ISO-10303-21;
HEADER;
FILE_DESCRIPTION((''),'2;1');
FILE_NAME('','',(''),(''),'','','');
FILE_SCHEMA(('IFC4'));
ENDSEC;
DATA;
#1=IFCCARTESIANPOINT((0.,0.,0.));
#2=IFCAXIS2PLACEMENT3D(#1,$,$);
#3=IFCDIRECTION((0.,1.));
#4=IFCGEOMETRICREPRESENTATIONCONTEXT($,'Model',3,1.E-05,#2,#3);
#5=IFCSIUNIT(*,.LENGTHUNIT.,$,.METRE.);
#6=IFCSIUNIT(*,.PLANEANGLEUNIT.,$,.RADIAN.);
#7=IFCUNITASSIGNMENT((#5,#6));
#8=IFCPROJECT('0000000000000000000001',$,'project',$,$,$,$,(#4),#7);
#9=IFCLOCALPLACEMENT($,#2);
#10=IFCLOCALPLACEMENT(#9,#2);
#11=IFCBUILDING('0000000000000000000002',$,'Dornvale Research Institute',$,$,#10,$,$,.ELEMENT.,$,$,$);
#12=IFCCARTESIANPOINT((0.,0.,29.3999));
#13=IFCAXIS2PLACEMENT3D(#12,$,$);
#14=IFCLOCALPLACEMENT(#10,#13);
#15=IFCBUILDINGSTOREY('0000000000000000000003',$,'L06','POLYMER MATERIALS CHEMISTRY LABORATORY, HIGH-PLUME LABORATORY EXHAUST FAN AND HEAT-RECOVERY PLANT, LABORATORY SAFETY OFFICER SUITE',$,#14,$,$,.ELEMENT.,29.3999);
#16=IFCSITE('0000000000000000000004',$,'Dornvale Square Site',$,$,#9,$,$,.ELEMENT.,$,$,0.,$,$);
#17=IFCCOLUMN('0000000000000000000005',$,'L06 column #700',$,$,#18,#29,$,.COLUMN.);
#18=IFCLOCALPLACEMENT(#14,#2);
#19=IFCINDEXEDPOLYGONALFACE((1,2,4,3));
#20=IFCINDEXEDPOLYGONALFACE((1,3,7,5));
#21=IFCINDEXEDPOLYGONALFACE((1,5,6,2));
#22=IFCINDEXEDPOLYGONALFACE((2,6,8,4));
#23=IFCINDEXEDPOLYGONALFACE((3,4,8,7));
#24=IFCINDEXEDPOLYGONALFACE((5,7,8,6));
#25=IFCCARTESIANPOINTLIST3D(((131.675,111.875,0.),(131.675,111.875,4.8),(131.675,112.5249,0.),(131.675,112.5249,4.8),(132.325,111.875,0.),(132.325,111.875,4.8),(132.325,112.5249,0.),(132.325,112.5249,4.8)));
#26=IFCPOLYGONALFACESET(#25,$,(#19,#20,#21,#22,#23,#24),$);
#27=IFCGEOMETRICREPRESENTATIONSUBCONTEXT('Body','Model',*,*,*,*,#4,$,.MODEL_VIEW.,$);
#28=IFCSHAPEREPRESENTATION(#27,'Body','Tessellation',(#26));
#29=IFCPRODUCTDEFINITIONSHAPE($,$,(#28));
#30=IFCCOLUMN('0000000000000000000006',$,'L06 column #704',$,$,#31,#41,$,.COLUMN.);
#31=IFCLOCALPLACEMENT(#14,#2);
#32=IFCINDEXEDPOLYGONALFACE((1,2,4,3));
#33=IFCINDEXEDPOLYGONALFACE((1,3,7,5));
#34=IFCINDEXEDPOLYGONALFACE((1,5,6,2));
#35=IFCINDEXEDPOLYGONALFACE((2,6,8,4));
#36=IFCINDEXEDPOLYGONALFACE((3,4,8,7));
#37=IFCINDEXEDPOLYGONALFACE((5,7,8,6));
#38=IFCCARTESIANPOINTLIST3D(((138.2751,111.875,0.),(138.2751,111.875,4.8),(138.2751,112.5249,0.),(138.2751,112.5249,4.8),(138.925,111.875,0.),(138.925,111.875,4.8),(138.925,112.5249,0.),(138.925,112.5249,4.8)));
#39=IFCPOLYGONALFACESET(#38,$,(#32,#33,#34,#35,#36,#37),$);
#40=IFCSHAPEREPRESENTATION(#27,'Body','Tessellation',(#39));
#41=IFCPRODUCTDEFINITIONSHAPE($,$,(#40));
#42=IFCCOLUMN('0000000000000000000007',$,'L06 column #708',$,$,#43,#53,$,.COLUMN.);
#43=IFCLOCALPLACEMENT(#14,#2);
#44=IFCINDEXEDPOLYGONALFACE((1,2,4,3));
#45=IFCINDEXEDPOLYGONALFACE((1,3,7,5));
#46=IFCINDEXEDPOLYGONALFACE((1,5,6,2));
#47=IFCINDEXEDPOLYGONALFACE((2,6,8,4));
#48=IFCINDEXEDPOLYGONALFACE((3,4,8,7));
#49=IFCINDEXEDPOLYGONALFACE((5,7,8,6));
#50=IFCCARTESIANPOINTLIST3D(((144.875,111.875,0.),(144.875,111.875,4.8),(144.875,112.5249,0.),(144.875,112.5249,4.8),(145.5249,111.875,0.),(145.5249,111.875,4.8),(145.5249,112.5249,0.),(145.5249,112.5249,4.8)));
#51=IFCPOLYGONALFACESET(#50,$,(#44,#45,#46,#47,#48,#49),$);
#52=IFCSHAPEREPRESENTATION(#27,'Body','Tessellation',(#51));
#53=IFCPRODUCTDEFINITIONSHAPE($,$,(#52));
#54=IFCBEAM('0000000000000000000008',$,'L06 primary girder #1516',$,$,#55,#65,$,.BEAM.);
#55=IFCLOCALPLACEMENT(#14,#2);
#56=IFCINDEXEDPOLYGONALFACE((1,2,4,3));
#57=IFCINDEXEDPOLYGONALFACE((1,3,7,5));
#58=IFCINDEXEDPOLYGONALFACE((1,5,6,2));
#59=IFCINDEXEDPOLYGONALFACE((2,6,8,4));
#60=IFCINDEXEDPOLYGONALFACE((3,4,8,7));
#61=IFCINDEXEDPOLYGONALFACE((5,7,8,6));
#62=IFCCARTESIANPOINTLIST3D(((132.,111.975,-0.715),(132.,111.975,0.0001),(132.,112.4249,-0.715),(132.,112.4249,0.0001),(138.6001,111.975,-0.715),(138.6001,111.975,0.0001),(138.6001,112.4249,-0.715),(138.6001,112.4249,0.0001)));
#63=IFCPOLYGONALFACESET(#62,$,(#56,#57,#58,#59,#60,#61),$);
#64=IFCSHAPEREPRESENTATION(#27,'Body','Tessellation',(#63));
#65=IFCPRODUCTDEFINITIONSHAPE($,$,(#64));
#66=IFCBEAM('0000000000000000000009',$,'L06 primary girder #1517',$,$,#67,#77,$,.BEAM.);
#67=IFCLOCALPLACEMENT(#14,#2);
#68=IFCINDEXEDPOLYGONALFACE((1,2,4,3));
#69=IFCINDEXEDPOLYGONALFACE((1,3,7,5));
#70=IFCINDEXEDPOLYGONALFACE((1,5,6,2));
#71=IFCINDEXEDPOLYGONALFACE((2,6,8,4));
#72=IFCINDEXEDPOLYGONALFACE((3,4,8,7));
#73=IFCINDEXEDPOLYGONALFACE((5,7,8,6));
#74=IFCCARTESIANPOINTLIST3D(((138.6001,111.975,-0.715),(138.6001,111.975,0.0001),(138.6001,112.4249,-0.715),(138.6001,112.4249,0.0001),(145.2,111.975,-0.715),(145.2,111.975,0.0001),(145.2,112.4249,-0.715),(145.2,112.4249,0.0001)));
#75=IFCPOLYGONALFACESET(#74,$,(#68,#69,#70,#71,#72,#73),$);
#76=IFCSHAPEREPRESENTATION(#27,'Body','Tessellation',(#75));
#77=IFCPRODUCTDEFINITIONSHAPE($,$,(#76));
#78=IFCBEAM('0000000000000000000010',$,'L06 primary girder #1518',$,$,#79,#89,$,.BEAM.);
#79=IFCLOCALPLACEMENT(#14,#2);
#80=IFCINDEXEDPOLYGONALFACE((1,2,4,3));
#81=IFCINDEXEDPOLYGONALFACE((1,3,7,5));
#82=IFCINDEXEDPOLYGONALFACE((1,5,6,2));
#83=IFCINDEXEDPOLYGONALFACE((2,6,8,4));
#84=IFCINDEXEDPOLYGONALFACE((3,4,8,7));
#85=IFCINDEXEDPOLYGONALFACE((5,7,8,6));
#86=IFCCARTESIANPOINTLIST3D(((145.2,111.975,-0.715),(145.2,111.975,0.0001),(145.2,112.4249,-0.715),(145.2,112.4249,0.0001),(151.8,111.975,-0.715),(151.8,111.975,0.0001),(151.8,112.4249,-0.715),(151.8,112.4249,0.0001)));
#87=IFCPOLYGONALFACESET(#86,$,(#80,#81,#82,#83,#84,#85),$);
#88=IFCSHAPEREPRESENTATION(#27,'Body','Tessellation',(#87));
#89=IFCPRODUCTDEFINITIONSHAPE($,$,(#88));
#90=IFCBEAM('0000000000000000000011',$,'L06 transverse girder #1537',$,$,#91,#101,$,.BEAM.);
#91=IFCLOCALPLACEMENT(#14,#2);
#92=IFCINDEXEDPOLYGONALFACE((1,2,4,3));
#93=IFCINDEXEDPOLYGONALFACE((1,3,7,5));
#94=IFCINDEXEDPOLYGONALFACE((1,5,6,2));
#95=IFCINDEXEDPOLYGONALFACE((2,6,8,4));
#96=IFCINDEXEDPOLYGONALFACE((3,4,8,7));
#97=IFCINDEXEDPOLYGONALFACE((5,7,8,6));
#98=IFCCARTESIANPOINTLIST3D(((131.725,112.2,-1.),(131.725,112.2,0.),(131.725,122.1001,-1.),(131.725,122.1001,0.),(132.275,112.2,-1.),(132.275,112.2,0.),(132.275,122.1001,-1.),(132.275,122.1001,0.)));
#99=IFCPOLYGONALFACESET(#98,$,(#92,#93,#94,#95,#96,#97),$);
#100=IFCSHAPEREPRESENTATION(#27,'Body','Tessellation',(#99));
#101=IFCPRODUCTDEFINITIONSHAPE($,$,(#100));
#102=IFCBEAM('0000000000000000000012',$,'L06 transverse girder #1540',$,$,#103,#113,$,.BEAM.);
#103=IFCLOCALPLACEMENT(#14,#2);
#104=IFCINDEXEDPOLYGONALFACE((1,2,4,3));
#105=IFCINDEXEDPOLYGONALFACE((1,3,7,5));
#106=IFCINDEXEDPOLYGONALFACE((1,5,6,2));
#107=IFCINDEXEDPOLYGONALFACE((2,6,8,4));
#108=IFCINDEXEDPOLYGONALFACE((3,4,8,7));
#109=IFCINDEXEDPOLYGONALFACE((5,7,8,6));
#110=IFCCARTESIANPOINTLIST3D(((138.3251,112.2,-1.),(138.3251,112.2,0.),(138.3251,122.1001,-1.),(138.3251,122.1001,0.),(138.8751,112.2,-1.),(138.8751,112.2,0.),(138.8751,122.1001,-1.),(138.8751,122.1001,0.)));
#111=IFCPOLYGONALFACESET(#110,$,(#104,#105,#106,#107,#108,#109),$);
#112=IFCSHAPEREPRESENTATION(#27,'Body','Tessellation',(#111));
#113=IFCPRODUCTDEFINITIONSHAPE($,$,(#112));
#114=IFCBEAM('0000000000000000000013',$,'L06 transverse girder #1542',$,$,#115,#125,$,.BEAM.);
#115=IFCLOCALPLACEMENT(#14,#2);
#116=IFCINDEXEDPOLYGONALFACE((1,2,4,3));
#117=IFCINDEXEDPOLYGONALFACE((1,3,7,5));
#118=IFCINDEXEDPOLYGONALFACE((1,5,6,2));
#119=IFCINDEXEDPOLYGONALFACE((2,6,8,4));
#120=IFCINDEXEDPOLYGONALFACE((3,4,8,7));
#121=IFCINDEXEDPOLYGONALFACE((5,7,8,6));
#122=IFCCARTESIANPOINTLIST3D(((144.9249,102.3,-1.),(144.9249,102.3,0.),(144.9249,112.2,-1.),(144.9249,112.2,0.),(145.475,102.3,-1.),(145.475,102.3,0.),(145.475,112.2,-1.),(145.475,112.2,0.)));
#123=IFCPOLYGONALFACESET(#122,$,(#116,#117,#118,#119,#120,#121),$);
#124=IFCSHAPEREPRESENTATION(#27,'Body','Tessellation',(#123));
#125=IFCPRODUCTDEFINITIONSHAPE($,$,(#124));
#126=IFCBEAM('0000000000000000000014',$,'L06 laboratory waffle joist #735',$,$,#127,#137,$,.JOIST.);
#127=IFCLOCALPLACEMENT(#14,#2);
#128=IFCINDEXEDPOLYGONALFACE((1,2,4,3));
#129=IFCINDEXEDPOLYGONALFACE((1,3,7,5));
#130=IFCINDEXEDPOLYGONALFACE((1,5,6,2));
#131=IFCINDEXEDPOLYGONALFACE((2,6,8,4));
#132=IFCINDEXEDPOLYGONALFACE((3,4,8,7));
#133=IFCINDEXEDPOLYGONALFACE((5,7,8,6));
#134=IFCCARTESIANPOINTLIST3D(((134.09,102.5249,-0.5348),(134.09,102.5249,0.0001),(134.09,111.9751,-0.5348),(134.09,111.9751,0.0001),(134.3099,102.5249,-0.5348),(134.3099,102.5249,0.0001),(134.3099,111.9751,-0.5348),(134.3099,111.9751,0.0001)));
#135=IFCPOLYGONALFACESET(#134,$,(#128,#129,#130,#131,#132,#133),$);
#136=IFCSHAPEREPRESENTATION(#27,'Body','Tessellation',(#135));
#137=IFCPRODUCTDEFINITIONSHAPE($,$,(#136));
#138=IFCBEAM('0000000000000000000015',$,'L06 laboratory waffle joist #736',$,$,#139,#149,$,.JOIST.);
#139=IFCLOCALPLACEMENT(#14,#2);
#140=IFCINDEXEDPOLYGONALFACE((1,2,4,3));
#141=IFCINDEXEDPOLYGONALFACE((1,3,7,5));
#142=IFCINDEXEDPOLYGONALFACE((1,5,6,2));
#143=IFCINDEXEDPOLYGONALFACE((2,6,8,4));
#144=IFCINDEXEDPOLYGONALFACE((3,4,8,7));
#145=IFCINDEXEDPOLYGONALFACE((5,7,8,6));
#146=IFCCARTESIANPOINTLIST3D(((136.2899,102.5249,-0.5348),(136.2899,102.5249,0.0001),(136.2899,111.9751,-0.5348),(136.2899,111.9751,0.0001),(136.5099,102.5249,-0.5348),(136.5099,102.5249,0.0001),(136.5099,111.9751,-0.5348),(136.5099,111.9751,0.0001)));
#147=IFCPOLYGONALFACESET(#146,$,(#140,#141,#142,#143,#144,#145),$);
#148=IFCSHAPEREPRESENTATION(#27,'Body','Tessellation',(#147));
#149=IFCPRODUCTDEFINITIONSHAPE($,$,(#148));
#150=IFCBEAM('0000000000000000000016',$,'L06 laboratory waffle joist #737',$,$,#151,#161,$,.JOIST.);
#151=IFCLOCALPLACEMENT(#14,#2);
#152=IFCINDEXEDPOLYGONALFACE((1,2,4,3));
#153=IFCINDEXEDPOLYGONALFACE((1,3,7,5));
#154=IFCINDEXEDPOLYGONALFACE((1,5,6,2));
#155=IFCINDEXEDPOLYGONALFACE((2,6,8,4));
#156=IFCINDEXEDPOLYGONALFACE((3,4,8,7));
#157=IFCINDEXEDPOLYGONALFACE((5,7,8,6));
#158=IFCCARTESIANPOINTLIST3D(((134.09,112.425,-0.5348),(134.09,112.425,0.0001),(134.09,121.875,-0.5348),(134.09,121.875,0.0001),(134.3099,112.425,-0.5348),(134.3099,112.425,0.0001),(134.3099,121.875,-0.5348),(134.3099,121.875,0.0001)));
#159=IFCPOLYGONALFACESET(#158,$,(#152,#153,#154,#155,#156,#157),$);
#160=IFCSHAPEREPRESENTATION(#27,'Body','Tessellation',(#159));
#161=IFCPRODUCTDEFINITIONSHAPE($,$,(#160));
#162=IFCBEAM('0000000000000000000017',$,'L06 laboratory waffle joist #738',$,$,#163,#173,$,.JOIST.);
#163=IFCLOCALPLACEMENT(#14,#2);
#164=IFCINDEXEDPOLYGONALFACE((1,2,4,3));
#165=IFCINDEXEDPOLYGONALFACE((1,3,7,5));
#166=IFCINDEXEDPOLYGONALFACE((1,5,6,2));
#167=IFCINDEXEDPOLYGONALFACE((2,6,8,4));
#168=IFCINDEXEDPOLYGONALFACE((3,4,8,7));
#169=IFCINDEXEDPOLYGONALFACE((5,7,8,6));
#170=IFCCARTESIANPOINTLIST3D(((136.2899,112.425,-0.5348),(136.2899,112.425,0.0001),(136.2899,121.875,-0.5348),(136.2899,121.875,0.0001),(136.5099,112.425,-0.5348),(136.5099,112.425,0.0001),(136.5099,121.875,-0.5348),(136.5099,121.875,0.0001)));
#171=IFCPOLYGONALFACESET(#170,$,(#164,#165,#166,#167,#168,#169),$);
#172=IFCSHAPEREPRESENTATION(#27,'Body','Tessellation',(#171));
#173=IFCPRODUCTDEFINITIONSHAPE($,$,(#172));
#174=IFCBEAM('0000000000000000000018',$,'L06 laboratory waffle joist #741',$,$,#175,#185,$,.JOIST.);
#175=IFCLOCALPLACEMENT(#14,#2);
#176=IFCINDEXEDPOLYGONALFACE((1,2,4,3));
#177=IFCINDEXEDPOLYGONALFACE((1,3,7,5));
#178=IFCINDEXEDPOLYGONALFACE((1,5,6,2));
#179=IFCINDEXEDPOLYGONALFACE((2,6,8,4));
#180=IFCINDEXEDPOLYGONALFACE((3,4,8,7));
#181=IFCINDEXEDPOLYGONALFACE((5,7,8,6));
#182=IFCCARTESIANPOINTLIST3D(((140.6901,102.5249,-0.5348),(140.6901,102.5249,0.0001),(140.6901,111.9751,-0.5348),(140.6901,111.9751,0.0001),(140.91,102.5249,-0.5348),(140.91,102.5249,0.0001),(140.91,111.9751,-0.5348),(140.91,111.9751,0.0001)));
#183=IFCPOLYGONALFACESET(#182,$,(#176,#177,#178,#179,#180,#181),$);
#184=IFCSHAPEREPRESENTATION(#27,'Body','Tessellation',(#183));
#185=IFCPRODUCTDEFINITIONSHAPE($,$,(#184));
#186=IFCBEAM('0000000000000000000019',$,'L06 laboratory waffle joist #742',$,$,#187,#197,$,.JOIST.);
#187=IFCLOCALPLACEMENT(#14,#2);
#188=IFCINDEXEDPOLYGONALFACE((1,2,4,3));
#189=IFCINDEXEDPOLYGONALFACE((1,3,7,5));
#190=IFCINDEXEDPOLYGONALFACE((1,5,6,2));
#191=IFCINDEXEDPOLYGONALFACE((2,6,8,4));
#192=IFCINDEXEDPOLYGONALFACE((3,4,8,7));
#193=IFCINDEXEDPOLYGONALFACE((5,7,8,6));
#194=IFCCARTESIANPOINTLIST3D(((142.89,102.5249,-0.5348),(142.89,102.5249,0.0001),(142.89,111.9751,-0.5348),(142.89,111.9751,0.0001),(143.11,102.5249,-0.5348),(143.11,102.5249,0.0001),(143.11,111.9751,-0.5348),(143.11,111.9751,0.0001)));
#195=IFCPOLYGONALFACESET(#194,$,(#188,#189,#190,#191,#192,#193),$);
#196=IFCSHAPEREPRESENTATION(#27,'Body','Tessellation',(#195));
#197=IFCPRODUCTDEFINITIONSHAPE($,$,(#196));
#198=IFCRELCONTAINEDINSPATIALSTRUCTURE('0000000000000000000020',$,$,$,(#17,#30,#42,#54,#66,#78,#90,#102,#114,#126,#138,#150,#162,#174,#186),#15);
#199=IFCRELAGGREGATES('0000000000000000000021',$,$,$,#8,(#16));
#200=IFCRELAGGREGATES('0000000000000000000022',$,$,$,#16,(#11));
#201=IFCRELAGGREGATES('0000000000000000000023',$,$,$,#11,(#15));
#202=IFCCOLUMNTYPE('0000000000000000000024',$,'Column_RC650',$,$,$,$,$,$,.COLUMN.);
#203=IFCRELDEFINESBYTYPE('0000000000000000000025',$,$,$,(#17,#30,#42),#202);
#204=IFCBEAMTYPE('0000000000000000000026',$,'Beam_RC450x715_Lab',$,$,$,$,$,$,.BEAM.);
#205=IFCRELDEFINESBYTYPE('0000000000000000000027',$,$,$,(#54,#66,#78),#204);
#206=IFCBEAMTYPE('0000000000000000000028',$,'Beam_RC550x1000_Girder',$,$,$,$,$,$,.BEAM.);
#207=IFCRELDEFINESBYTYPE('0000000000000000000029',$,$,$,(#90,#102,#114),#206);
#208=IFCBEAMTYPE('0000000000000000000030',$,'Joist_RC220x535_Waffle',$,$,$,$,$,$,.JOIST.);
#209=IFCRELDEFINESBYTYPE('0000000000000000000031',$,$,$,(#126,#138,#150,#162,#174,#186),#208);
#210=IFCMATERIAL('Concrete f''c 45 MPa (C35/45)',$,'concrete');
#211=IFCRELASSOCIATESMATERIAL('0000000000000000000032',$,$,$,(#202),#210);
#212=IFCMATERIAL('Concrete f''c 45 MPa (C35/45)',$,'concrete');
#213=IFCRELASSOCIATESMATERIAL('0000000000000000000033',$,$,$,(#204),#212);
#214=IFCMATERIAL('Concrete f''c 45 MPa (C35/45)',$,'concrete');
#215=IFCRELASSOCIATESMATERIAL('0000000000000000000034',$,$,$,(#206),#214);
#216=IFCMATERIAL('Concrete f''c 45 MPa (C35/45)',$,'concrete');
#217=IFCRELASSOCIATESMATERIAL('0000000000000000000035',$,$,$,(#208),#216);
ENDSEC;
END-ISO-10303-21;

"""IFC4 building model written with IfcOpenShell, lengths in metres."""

from ifc_helpers import new_model, si_unit, direction, frame, origin, origin_2d, place, context, subcontext, project, spatial, rectangle, extrude, material, material_profile, profile_set, type_object, element, save


model = new_model("IFC4")

# Units and contexts
model_context = context("Model", 3, precision=1e-05, world=origin(), true_north=direction((0.0, 1.0)))
body_context = subcontext(model_context, "Body", "Model", "MODEL_VIEW")
ifc_project = project(units=[si_unit("LENGTHUNIT", "METRE"), si_unit("PLANEANGLEUNIT", "RADIAN")], contexts=[model_context])

# Site, building, storey
site_placement = place(None, origin())
site = spatial("IfcSite", under=ifc_project, at=site_placement, Name="Dornvale Square Site", CompositionType="ELEMENT", RefElevation=0.0)
building_placement = place(site_placement, origin())
building = spatial("IfcBuilding", under=site, at=building_placement, Name="Dornvale Research Institute", CompositionType="ELEMENT")
storey_placement = place(building_placement, frame((0.0, 0.0, 29.3999)))
storey = spatial("IfcBuildingStorey", under=building, at=storey_placement, Name="L06", Description="POLYMER MATERIALS CHEMISTRY LABORATORY, HIGH-PLUME LABORATORY EXHAUST FAN AND HEAT-RECOVERY PLANT, LABORATORY SAFETY OFFICER SUITE", CompositionType="ELEMENT", Elevation=29.3999)

# Columns
ifc_material_1 = material(Name="Concrete f'c 45 MPa (C35/45)", Category="concrete")
ifc_material_profile_1 = material_profile(ifc_material_1, rectangle(XDim=0.6499, YDim=0.6499, at=origin_2d()), Name="RC 650x650")
ifc_profile_set_1 = profile_set([ifc_material_profile_1], Name="Concrete f'c 45 MPa (C35/45)")
column_type = type_object("IfcColumnType", Name="Column_RC650", PredefinedType="COLUMN", material=ifc_profile_set_1)
for number, where, z_axis, x_axis, name in (
    (1, (132.0, 112.2, 0.0), (0.0, 0.0, 1.0), (1.0, 0.0, 0.0), "L06 column #700"),
    (2, (138.6001, 112.2, 0.0), (0.0, 0.0, 1.0), (1.0, 0.0, 0.0), "L06 column #704"),
    (3, (145.2, 112.2, 0.0), (0.0, 0.0, 1.0), (1.0, 0.0, 0.0), "L06 column #708"),
):
    element("IfcColumn", number, at=place(storey_placement, frame(where, z_axis=z_axis, x_axis=x_axis)), inside=storey, type_object=column_type, Name=name, PredefinedType="COLUMN", context=body_context, shape_type="SweptSolid", body=[
        extrude(rectangle(XDim=0.6499, YDim=0.6499, at=origin_2d()), origin(), (0.0, 0.0, 1.0), 4.8),
    ])

# Beams
ifc_material_2 = material(Name="Concrete f'c 45 MPa (C35/45)", Category="concrete")
ifc_material_profile_2 = material_profile(ifc_material_2, rectangle(XDim=0.45, YDim=0.7151, at=origin_2d()), Name="RC 450x715")
ifc_profile_set_2 = profile_set([ifc_material_profile_2], Name="Concrete f'c 45 MPa (C35/45)")
beam_type_1 = type_object("IfcBeamType", Name="Beam_RC450x715_Lab", PredefinedType="BEAM", material=ifc_profile_set_2)
beam_1_placement = place(storey_placement, frame((132.0, 112.2, -0.3574), z_axis=(1.0, 0.0, 0.0), x_axis=(0.0, 1.0, 0.0)))
element("IfcBeam", 4, at=beam_1_placement, inside=storey, type_object=beam_type_1, Name="L06 primary girder #1516", PredefinedType="BEAM", context=body_context, shape_type="SweptSolid", body=[
    extrude(rectangle(XDim=0.45, YDim=0.7151, at=origin_2d()), origin(), (0.0, 0.0, 1.0), 6.6001),
])
beam_2_placement = place(storey_placement, frame((138.6001, 112.2, -0.3574), z_axis=(1.0, 0.0, 0.0), x_axis=(0.0, 1.0, 0.0)))
element("IfcBeam", 5, at=beam_2_placement, inside=storey, type_object=beam_type_1, Name="L06 primary girder #1517", PredefinedType="BEAM", context=body_context, shape_type="SweptSolid", body=[
    extrude(rectangle(XDim=0.45, YDim=0.7151, at=origin_2d()), origin(), (0.0, 0.0, 1.0), 6.5999),
])
beam_3_placement = place(storey_placement, frame((145.2, 112.2, -0.3574), z_axis=(1.0, 0.0, 0.0), x_axis=(0.0, 1.0, 0.0)))
element("IfcBeam", 6, at=beam_3_placement, inside=storey, type_object=beam_type_1, Name="L06 primary girder #1518", PredefinedType="BEAM", context=body_context, shape_type="SweptSolid", body=[
    extrude(rectangle(XDim=0.45, YDim=0.7151, at=origin_2d()), origin(), (0.0, 0.0, 1.0), 6.6001),
])
ifc_material_3 = material(Name="Concrete f'c 45 MPa (C35/45)", Category="concrete")
ifc_material_profile_3 = material_profile(ifc_material_3, rectangle(XDim=0.55, YDim=1.0, at=origin_2d()), Name="RC 550x1000")
ifc_profile_set_3 = profile_set([ifc_material_profile_3], Name="Concrete f'c 45 MPa (C35/45)")
beam_type_2 = type_object("IfcBeamType", Name="Beam_RC550x1000_Girder", PredefinedType="BEAM", material=ifc_profile_set_3)
for number, where, z_axis, x_axis, name in (
    (7, (132.0, 112.2, -0.5), (0.0, 1.0, 0.0), (-1.0, 0.0, 0.0), "L06 transverse girder #1537"),
    (8, (138.6001, 112.2, -0.5), (0.0, 1.0, 0.0), (-1.0, 0.0, 0.0), "L06 transverse girder #1540"),
):
    element("IfcBeam", number, at=place(storey_placement, frame(where, z_axis=z_axis, x_axis=x_axis)), inside=storey, type_object=beam_type_2, Name=name, PredefinedType="BEAM", context=body_context, shape_type="SweptSolid", body=[
        extrude(rectangle(XDim=0.55, YDim=1.0, at=origin_2d()), origin(), (0.0, 0.0, 1.0), 9.9001),
    ])
beam_4_placement = place(storey_placement, frame((145.2, 102.3, -0.5), z_axis=(0.0, 1.0, 0.0), x_axis=(-1.0, 0.0, 0.0)))
element("IfcBeam", 9, at=beam_4_placement, inside=storey, type_object=beam_type_2, Name="L06 transverse girder #1542", PredefinedType="BEAM", context=body_context, shape_type="SweptSolid", body=[
    extrude(rectangle(XDim=0.55, YDim=1.0, at=origin_2d()), origin(), (0.0, 0.0, 1.0), 9.8999),
])
ifc_material_4 = material(Name="Concrete f'c 45 MPa (C35/45)", Category="concrete")
ifc_material_profile_4 = material_profile(ifc_material_4, rectangle(XDim=0.22, YDim=0.5349, at=origin_2d()), Name="RC 220x535")
ifc_profile_set_4 = profile_set([ifc_material_profile_4], Name="Concrete f'c 45 MPa (C35/45)")
beam_type_3 = type_object("IfcBeamType", Name="Joist_RC220x535_Waffle", PredefinedType="JOIST", material=ifc_profile_set_4)
for number, where, z_axis, x_axis, name in (
    (10, (134.2, 102.5249, -0.2673), (0.0, 1.0, 0.0), (-1.0, 0.0, 0.0), "L06 laboratory waffle joist #735"),
    (11, (136.3999, 102.5249, -0.2673), (0.0, 1.0, 0.0), (-1.0, 0.0, 0.0), "L06 laboratory waffle joist #736"),
):
    element("IfcBeam", number, at=place(storey_placement, frame(where, z_axis=z_axis, x_axis=x_axis)), inside=storey, type_object=beam_type_3, Name=name, PredefinedType="JOIST", context=body_context, shape_type="SweptSolid", body=[
        extrude(rectangle(XDim=0.22, YDim=0.5349, at=origin_2d()), origin(), (0.0, 0.0, 1.0), 9.4502),
    ])
for number, where, z_axis, x_axis, name in (
    (12, (134.2, 112.425, -0.2673), (0.0, 1.0, 0.0), (-1.0, 0.0, 0.0), "L06 laboratory waffle joist #737"),
    (13, (136.3999, 112.425, -0.2673), (0.0, 1.0, 0.0), (-1.0, 0.0, 0.0), "L06 laboratory waffle joist #738"),
):
    element("IfcBeam", number, at=place(storey_placement, frame(where, z_axis=z_axis, x_axis=x_axis)), inside=storey, type_object=beam_type_3, Name=name, PredefinedType="JOIST", context=body_context, shape_type="SweptSolid", body=[
        extrude(rectangle(XDim=0.22, YDim=0.5349, at=origin_2d()), origin(), (0.0, 0.0, 1.0), 9.45),
    ])
for number, where, z_axis, x_axis, name in (
    (14, (140.8, 102.5249, -0.2673), (0.0, 1.0, 0.0), (-1.0, 0.0, 0.0), "L06 laboratory waffle joist #741"),
    (15, (143.0, 102.5249, -0.2673), (0.0, 1.0, 0.0), (-1.0, 0.0, 0.0), "L06 laboratory waffle joist #742"),
):
    element("IfcBeam", number, at=place(storey_placement, frame(where, z_axis=z_axis, x_axis=x_axis)), inside=storey, type_object=beam_type_3, Name=name, PredefinedType="JOIST", context=body_context, shape_type="SweptSolid", body=[
        extrude(rectangle(XDim=0.22, YDim=0.5349, at=origin_2d()), origin(), (0.0, 0.0, 1.0), 9.4502),
    ])

save(model, "model.ifc")
